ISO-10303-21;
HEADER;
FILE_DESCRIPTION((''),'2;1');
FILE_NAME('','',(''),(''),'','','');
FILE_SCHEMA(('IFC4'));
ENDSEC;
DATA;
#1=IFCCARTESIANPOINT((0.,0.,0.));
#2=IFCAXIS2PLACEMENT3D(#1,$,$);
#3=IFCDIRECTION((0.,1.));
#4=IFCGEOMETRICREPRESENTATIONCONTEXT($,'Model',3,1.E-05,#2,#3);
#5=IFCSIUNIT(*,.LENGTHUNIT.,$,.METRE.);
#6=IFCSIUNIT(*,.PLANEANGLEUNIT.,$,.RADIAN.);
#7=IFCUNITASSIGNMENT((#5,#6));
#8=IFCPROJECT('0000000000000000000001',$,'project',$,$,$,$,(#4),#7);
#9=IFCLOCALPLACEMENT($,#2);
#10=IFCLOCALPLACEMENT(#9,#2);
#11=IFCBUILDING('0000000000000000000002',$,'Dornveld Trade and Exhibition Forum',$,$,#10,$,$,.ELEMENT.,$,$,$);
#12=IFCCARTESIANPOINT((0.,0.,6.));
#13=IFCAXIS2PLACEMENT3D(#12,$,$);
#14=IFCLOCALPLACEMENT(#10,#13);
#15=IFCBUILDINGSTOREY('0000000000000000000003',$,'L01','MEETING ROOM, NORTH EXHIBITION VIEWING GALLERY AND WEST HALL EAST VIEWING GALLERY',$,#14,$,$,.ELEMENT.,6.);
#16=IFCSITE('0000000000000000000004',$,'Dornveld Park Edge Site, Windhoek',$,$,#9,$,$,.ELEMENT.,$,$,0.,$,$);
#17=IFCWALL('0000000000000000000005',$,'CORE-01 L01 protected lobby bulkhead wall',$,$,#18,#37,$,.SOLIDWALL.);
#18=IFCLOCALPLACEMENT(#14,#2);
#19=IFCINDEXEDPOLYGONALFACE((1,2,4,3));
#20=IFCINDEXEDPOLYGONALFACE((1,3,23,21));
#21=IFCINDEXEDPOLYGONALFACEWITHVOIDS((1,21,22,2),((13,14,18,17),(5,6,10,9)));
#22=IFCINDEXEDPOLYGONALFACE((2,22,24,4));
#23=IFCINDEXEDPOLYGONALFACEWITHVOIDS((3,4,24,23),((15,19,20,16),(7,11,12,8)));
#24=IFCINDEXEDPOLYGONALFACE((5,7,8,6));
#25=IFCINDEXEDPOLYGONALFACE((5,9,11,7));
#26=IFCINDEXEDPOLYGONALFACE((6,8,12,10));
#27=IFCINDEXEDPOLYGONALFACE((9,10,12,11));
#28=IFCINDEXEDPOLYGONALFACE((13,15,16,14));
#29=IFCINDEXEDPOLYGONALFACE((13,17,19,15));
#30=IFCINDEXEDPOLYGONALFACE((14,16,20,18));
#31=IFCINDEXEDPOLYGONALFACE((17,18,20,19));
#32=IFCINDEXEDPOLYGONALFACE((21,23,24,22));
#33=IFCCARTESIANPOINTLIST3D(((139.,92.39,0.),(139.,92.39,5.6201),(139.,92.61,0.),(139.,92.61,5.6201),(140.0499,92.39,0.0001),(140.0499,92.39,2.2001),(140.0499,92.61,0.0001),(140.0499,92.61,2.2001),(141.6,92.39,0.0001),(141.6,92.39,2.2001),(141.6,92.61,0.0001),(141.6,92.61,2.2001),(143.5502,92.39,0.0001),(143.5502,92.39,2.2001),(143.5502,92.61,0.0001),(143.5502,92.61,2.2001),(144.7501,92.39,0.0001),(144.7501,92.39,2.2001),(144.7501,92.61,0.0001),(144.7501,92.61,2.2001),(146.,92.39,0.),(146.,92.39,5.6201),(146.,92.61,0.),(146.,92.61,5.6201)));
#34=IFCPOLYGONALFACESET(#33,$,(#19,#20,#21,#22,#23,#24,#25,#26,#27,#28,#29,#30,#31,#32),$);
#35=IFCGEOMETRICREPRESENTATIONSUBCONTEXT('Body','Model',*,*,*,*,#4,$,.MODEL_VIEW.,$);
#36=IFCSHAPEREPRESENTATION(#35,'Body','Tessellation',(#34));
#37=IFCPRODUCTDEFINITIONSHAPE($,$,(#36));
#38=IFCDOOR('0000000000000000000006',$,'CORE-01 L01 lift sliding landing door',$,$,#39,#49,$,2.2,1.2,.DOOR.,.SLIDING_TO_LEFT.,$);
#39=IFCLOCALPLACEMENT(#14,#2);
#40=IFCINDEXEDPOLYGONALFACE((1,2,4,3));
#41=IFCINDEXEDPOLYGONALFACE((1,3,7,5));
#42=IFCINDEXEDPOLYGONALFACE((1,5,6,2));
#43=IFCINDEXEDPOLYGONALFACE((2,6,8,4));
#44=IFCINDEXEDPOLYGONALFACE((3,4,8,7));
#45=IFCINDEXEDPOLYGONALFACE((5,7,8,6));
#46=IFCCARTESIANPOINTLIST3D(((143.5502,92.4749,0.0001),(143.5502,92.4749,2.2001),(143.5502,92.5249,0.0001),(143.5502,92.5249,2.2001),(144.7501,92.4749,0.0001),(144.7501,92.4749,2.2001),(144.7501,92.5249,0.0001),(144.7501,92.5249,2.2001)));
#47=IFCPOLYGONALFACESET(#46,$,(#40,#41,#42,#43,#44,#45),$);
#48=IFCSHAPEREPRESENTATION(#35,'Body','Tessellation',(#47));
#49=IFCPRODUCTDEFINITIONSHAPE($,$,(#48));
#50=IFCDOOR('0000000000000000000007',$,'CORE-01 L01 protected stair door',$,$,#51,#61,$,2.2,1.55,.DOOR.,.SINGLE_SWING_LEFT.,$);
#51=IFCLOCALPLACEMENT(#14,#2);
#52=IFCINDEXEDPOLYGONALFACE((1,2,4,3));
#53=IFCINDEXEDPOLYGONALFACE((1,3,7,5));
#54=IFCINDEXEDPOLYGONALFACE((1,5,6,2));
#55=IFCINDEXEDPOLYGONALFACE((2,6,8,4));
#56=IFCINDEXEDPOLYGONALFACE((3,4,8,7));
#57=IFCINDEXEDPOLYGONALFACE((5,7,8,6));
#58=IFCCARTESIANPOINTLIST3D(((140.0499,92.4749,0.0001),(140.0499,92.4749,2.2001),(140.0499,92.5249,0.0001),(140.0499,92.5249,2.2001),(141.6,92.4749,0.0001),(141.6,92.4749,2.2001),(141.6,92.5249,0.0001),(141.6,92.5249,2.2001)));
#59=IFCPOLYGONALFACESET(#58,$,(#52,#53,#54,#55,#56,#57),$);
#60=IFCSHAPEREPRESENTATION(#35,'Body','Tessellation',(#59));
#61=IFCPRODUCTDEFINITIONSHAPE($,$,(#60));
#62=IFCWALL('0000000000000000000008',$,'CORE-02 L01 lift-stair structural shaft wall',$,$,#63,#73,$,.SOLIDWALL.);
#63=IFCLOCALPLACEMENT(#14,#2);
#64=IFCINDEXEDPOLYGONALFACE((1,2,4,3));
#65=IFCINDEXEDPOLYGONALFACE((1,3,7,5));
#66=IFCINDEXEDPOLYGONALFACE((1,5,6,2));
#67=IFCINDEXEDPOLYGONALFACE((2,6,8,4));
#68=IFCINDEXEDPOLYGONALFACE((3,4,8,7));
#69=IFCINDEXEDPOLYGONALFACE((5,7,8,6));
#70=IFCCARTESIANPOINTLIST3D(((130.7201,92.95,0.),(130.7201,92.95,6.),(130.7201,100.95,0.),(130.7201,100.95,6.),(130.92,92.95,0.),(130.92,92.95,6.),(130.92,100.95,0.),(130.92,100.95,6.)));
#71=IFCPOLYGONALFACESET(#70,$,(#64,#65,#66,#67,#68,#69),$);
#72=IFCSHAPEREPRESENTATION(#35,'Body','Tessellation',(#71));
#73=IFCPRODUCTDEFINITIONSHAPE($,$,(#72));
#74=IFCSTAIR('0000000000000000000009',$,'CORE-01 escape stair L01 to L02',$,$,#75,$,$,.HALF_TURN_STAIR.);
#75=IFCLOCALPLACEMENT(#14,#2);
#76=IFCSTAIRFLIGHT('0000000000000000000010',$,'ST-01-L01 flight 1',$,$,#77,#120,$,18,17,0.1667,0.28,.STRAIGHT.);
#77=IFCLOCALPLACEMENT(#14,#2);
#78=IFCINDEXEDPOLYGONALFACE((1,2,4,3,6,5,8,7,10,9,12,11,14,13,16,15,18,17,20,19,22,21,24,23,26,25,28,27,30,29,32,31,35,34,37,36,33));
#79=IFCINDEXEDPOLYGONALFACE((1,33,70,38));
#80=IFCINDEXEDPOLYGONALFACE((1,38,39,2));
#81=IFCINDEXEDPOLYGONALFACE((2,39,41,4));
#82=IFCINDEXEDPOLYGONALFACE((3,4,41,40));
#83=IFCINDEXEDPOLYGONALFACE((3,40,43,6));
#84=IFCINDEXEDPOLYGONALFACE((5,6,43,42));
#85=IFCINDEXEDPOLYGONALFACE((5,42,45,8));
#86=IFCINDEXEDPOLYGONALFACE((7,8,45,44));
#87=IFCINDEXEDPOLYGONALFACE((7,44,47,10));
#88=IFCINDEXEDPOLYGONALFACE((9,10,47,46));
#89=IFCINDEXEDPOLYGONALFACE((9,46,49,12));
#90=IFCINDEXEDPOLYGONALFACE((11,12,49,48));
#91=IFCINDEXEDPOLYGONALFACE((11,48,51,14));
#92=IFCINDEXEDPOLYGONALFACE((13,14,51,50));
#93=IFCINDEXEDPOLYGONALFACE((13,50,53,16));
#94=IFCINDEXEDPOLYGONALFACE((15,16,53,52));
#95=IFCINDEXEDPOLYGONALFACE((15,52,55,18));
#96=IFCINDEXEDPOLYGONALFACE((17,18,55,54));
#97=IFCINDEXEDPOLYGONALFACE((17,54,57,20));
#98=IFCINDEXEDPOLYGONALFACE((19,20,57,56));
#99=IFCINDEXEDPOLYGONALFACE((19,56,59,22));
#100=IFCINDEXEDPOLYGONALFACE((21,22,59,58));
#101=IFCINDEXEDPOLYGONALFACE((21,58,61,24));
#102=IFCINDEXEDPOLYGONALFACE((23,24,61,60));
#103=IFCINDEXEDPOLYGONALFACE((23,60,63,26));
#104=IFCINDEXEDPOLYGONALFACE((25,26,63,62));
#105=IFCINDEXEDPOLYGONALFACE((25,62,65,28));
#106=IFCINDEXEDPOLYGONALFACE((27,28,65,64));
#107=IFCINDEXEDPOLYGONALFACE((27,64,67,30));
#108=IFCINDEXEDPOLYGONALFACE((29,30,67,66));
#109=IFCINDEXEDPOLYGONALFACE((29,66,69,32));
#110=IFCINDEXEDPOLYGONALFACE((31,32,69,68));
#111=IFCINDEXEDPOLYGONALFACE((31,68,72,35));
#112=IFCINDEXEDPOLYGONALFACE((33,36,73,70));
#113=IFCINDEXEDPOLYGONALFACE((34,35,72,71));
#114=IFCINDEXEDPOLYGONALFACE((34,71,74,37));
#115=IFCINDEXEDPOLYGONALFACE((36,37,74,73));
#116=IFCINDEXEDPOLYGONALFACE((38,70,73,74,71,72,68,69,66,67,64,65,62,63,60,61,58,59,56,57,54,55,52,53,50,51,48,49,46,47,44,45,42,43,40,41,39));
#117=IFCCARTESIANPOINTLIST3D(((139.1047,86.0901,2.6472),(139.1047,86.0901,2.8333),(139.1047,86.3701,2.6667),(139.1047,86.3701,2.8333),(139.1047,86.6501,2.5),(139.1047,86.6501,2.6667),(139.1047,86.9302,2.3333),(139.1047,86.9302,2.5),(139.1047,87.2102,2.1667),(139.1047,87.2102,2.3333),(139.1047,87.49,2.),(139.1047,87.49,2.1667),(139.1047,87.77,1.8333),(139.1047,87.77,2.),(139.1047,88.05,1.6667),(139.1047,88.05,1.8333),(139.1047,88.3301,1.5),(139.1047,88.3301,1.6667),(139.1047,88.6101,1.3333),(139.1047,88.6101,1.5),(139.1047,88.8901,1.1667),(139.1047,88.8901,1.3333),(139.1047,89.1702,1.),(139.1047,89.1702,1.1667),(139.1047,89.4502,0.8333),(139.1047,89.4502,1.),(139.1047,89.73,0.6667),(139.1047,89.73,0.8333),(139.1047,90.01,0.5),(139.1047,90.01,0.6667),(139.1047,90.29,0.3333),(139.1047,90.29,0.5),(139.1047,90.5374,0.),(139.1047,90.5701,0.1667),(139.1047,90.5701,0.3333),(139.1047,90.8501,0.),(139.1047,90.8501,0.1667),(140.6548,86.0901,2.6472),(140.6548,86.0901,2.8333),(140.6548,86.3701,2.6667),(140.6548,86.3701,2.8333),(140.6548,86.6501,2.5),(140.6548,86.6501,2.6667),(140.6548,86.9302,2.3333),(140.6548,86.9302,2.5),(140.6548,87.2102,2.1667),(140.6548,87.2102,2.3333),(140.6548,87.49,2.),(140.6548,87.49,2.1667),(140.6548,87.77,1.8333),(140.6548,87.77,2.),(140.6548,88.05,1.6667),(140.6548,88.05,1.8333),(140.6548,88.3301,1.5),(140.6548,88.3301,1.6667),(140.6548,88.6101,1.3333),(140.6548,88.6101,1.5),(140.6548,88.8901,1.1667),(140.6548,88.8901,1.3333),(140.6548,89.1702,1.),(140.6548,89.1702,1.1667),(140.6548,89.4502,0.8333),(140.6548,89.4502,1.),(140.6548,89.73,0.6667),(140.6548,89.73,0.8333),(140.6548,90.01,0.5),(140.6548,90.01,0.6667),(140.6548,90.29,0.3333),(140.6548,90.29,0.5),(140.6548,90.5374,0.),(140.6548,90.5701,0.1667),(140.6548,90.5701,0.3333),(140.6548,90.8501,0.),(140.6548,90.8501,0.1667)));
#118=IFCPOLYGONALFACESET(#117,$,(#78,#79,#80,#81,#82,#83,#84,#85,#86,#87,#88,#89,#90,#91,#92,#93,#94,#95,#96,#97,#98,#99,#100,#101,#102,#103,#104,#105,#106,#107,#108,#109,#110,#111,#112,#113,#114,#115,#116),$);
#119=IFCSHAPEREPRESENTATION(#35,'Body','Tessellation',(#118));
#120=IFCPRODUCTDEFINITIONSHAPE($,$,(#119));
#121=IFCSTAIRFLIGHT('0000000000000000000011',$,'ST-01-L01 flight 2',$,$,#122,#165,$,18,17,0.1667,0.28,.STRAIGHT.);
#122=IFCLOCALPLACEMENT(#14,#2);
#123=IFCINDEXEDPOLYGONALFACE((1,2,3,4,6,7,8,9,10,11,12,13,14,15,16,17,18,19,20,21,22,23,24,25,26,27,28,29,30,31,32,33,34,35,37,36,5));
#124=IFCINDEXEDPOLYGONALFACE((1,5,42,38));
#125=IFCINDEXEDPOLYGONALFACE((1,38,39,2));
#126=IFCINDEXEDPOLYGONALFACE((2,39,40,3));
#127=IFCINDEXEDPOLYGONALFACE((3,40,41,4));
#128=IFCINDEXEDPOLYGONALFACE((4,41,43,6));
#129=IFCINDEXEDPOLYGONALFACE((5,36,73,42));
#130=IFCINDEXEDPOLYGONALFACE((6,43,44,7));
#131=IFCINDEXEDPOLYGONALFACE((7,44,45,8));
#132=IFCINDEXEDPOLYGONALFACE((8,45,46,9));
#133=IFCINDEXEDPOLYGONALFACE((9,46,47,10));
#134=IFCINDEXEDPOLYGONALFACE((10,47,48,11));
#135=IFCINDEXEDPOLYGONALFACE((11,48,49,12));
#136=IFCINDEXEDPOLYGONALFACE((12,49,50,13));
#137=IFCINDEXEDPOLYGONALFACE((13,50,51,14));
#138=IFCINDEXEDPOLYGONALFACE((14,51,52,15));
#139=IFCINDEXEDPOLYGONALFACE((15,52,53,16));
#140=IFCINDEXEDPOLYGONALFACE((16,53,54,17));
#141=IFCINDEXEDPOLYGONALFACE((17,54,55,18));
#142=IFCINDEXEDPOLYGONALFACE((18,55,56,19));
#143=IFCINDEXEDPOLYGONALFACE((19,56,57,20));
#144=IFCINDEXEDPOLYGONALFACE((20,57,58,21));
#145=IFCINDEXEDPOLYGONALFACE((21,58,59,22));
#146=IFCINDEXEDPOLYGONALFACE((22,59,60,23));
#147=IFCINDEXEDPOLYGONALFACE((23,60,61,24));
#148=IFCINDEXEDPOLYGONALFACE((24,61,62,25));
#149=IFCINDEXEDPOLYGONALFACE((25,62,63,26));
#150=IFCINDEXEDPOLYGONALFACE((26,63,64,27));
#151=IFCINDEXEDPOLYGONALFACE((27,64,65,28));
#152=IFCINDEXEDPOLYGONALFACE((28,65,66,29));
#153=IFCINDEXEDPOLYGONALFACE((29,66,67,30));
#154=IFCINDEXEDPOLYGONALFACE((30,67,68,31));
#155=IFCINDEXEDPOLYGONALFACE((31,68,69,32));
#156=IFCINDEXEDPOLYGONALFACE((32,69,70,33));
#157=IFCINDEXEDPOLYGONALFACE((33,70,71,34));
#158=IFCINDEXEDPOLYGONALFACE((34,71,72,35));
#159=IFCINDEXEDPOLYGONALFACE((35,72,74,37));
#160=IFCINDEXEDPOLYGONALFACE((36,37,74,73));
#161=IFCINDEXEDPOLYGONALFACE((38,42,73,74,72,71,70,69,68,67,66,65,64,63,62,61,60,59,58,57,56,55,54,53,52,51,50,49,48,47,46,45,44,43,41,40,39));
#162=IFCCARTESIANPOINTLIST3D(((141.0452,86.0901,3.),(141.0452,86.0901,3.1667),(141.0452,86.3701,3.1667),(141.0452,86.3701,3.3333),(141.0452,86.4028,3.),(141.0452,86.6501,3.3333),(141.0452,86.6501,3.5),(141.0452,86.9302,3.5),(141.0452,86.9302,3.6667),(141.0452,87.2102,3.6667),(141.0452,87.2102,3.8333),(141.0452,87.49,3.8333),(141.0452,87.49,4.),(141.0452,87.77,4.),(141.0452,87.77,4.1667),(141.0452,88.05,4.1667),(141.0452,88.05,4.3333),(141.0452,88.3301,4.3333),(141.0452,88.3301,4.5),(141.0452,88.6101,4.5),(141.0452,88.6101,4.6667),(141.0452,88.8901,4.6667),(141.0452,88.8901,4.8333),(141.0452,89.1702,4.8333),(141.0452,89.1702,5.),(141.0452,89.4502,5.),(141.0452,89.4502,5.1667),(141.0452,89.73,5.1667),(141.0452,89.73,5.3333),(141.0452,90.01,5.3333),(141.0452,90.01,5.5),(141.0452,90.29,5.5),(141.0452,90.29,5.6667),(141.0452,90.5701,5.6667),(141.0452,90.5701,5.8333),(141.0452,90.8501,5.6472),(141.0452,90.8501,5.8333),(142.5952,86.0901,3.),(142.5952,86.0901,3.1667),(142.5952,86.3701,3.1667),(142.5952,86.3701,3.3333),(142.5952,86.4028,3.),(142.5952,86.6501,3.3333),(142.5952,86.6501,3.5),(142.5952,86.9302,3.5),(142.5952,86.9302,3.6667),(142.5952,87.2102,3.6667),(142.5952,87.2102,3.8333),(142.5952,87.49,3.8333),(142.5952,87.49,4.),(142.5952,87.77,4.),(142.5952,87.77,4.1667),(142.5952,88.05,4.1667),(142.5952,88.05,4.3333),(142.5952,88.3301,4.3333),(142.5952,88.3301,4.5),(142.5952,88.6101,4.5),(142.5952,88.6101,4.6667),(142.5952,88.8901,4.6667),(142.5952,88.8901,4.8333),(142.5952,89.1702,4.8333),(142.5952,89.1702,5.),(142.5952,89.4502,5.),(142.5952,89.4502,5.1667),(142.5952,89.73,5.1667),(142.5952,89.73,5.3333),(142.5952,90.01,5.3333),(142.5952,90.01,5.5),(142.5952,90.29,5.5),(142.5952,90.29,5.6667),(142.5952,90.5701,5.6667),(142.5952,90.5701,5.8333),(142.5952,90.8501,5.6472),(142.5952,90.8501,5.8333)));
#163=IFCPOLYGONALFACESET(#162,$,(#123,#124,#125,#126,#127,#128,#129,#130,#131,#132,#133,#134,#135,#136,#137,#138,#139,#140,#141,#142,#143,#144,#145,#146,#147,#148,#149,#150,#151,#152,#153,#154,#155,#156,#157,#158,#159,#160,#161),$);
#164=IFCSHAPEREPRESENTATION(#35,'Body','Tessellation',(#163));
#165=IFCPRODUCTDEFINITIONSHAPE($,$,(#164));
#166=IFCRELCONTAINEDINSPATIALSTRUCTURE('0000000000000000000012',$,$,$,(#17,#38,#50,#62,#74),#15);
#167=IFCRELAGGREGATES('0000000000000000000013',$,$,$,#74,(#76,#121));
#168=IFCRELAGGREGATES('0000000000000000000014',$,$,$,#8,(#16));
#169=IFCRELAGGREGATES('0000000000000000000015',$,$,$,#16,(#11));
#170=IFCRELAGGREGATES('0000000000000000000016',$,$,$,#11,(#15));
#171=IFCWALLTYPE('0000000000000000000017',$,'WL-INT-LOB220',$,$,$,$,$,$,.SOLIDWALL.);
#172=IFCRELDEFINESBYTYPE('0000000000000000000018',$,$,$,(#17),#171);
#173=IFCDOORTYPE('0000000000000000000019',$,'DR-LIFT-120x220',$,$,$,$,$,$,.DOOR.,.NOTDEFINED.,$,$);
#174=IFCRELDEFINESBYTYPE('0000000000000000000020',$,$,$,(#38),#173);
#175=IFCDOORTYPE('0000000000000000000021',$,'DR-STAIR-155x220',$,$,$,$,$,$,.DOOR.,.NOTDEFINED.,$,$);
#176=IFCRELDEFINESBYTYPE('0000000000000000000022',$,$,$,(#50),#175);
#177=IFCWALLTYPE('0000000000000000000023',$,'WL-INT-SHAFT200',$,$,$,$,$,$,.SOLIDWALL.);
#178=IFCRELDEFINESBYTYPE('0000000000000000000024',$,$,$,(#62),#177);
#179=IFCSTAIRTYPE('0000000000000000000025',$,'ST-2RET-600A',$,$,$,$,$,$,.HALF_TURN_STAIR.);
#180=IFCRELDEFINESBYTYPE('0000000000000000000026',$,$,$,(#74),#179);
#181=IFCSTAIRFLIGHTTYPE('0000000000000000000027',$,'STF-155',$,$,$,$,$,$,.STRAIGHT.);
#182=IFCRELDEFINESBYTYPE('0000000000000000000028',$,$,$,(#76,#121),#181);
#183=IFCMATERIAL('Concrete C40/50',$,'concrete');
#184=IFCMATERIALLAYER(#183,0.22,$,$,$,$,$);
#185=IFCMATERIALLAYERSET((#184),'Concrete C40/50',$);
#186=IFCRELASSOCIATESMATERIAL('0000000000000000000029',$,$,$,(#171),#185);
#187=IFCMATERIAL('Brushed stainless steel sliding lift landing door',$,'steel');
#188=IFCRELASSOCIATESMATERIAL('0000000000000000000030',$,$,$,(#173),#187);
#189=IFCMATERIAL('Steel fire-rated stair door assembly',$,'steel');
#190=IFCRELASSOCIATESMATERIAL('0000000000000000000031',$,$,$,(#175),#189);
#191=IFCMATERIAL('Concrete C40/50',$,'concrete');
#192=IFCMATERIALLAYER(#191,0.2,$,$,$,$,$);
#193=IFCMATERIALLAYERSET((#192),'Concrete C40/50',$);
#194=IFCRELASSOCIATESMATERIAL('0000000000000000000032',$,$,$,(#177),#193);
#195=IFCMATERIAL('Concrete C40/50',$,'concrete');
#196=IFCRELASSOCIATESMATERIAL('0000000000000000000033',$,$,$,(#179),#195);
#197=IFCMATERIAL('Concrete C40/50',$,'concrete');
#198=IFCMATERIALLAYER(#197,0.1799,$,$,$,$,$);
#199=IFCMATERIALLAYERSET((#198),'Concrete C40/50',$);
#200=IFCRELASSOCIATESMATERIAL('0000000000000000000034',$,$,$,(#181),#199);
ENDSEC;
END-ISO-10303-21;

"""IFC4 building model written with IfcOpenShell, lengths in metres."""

from ifc_helpers import new_model, si_unit, direction, frame, frame_2d, origin, place, context, subcontext, project, spatial, polyline, rectangle, outline, extrude, material, layer, layer_set, type_object, element, fill, aggregate, save


model = new_model("IFC4")

# Units and contexts
model_context = context("Model", 3, precision=1e-05, world=origin(), true_north=direction((0.0, 1.0)))
body_context = subcontext(model_context, "Body", "Model", "MODEL_VIEW")
ifc_project = project(units=[si_unit("LENGTHUNIT", "METRE"), si_unit("PLANEANGLEUNIT", "RADIAN")], contexts=[model_context])

# Site, building, storey
site_placement = place(None, origin())
site = spatial("IfcSite", under=ifc_project, at=site_placement, Name="Dornveld Park Edge Site, Windhoek", CompositionType="ELEMENT", RefElevation=0.0)
building_placement = place(site_placement, origin())
building = spatial("IfcBuilding", under=site, at=building_placement, Name="Dornveld Trade and Exhibition Forum", CompositionType="ELEMENT")
storey_placement = place(building_placement, frame((0.0, 0.0, 6.0)))
storey = spatial("IfcBuildingStorey", under=building, at=storey_placement, Name="L01", Description="MEETING ROOM, NORTH EXHIBITION VIEWING GALLERY AND WEST HALL EAST VIEWING GALLERY", CompositionType="ELEMENT", Elevation=6.0)

# Wall, openings, doors
ifc_material_1 = material(Name="Concrete C40/50", Category="concrete")
ifc_layer_1 = layer(ifc_material_1, 0.22)
ifc_layer_set_1 = layer_set([ifc_layer_1], Name="Concrete C40/50")
wall_type_1 = type_object("IfcWallType", Name="WL-INT-LOB220", PredefinedType="SOLIDWALL", material=ifc_layer_set_1)
wall_1_placement = place(storey_placement, frame((139.0, 92.5, 0.0), z_axis=(0.0, 0.0, 1.0), x_axis=(1.0, 0.0, 0.0)))
wall_1 = element("IfcWall", 1, at=wall_1_placement, inside=storey, type_object=wall_type_1, Name="CORE-01 L01 protected lobby bulkhead wall", PredefinedType="SOLIDWALL", context=body_context, shape_type="SweptSolid", body=[
    extrude(rectangle(XDim=7.0, YDim=0.22, at=frame_2d((3.5, 0.0))), origin(), (0.0, 0.0, 1.0), 5.6201),
])
opening_1_placement = place(wall_1_placement, frame((1.05, 0.0, 0.0)))
opening_1 = element("IfcOpeningElement", 2, at=opening_1_placement, cuts=wall_1, PredefinedType="OPENING", context=body_context, shape_type="SweptSolid", body=[
    extrude(rectangle(XDim=1.55, YDim=2.2, at=frame_2d((0.7749, 1.1001))), frame((0.0, 0.1199, 0.0), z_axis=(0.0, -1.0, 0.0), x_axis=(1.0, 0.0, 0.0)), (0.0, 0.0, 1.0), 0.24),
])
opening_2_placement = place(wall_1_placement, frame((4.55, 0.0, 0.0)))
opening_2 = element("IfcOpeningElement", 3, at=opening_2_placement, cuts=wall_1, PredefinedType="OPENING", context=body_context, shape_type="SweptSolid", body=[
    extrude(rectangle(XDim=1.2, YDim=2.2, at=frame_2d((0.6001, 1.1001))), frame((0.0, 0.1199, 0.0), z_axis=(0.0, -1.0, 0.0), x_axis=(1.0, 0.0, 0.0)), (0.0, 0.0, 1.0), 0.24),
])
ifc_material_2 = material(Name="Brushed stainless steel sliding lift landing door", Category="steel")
door_type_1 = type_object("IfcDoorType", Name="DR-LIFT-120x220", OperationType="NOTDEFINED", PredefinedType="DOOR", material=ifc_material_2)
door_1_placement = place(opening_2_placement, origin())
door_1 = element("IfcDoor", 4, at=door_1_placement, inside=storey, type_object=door_type_1, Name="CORE-01 L01 lift sliding landing door", OperationType="SLIDING_TO_LEFT", OverallHeight=2.2, OverallWidth=1.2, PredefinedType="DOOR", context=body_context, shape_type="SweptSolid", body=[
    extrude(rectangle(XDim=1.2, YDim=2.2, at=frame_2d((0.6001, 1.1001))), frame((0.0, 0.0249, 0.0), z_axis=(0.0, -1.0, 0.0), x_axis=(1.0, 0.0, 0.0)), (0.0, 0.0, 1.0), 0.05),
])
fill(opening_2, door_1)
ifc_material_3 = material(Name="Steel fire-rated stair door assembly", Category="steel")
door_type_2 = type_object("IfcDoorType", Name="DR-STAIR-155x220", OperationType="NOTDEFINED", PredefinedType="DOOR", material=ifc_material_3)
door_2_placement = place(opening_1_placement, origin())
door_2 = element("IfcDoor", 5, at=door_2_placement, inside=storey, type_object=door_type_2, Name="CORE-01 L01 protected stair door", OperationType="SINGLE_SWING_LEFT", OverallHeight=2.2, OverallWidth=1.55, PredefinedType="DOOR", context=body_context, shape_type="SweptSolid", body=[
    extrude(rectangle(XDim=1.55, YDim=2.2, at=frame_2d((0.7749, 1.1001))), frame((0.0, 0.0249, 0.0), z_axis=(0.0, -1.0, 0.0), x_axis=(1.0, 0.0, 0.0)), (0.0, 0.0, 1.0), 0.05),
])
fill(opening_1, door_2)

# Wall
ifc_material_4 = material(Name="Concrete C40/50", Category="concrete")
ifc_layer_2 = layer(ifc_material_4, 0.2)
ifc_layer_set_2 = layer_set([ifc_layer_2], Name="Concrete C40/50")
wall_type_2 = type_object("IfcWallType", Name="WL-INT-SHAFT200", PredefinedType="SOLIDWALL", material=ifc_layer_set_2)
wall_2_placement = place(storey_placement, frame((130.8201, 92.95, 0.0), z_axis=(0.0, 0.0, 1.0), x_axis=(0.0, 1.0, 0.0)))
element("IfcWall", 6, at=wall_2_placement, inside=storey, type_object=wall_type_2, Name="CORE-02 L01 lift-stair structural shaft wall", PredefinedType="SOLIDWALL", context=body_context, shape_type="SweptSolid", body=[
    extrude(rectangle(XDim=8.0, YDim=0.2, at=frame_2d((4.0, 0.0))), origin(), (0.0, 0.0, 1.0), 6.0),
])

# Stair, stair flights
ifc_material_5 = material(Name="Concrete C40/50", Category="concrete")
stair_type = type_object("IfcStairType", Name="ST-2RET-600A", PredefinedType="HALF_TURN_STAIR", material=ifc_material_5)
stair_placement = place(storey_placement, origin())
stair = element("IfcStair", 7, at=stair_placement, inside=storey, type_object=stair_type, Name="CORE-01 escape stair L01 to L02", PredefinedType="HALF_TURN_STAIR")
ifc_material_6 = material(Name="Concrete C40/50", Category="concrete")
ifc_layer_3 = layer(ifc_material_6, 0.1799)
ifc_layer_set_3 = layer_set([ifc_layer_3], Name="Concrete C40/50")
stair_flight_type = type_object("IfcStairFlightType", Name="STF-155", PredefinedType="STRAIGHT", material=ifc_layer_set_3)
stair_flight_1_placement = place(storey_placement, frame((139.8799, 90.8501, 0.0), z_axis=(0.0, 0.0, 1.0), x_axis=(0.0, -1.0, 0.0)))
stair_flight_1 = element("IfcStairFlight", 8, at=stair_flight_1_placement, type_object=stair_flight_type, Name="ST-01-L01 flight 1", NumberOfRisers=18, NumberOfTreads=17, PredefinedType="STRAIGHT", RiserHeight=0.1667, TreadLength=0.28, context=body_context, shape_type="SweptSolid", body=[
    extrude(outline(polyline([(0.0, 0.0), (0.0, 0.1667), (0.28, 0.1667), (0.28, 0.3333), (0.5601, 0.3333), (0.5601, 0.5), (0.8401, 0.5), (0.8401, 0.6667), (1.1201, 0.6667), (1.1201, 0.8333), (1.3999, 0.8333), (1.3999, 1.0), (1.6799, 1.0), (1.6799, 1.1667), (1.96, 1.1667), (1.96, 1.3333), (2.24, 1.3333), (2.24, 1.5), (2.52, 1.5), (2.52, 1.6667), (2.8, 1.6667), (2.8, 1.8333), (3.0801, 1.8333), (3.0801, 2.0), (3.3601, 2.0), (3.3601, 2.1667), (3.6399, 2.1667), (3.6399, 2.3333), (3.9199, 2.3333), (3.9199, 2.5), (4.2, 2.5), (4.2, 2.6667), (4.48, 2.6667), (4.48, 2.8333), (4.76, 2.8333), (4.76, 3.0), (4.76, 2.6472), (0.3127, 0.0), (0.0, 0.0)])), frame((0.0, 0.7749, 0.0), z_axis=(0.0, -1.0, 0.0), x_axis=(1.0, 0.0, 0.0)), (0.0, 0.0, 1.0), 1.55),
])
stair_flight_2_placement = place(storey_placement, frame((141.8201, 86.0901, 3.0), z_axis=(0.0, 0.0, 1.0), x_axis=(0.0, 1.0, 0.0)))
stair_flight_2 = element("IfcStairFlight", 9, at=stair_flight_2_placement, type_object=stair_flight_type, Name="ST-01-L01 flight 2", NumberOfRisers=18, NumberOfTreads=17, PredefinedType="STRAIGHT", RiserHeight=0.1667, TreadLength=0.28, context=body_context, shape_type="SweptSolid", body=[
    extrude(outline(polyline([(0.0, 0.0), (0.0, 0.1667), (0.28, 0.1667), (0.28, 0.3333), (0.5601, 0.3333), (0.5601, 0.5), (0.8401, 0.5), (0.8401, 0.6667), (1.1201, 0.6667), (1.1201, 0.8333), (1.3999, 0.8333), (1.3999, 1.0), (1.6799, 1.0), (1.6799, 1.1667), (1.96, 1.1667), (1.96, 1.3333), (2.24, 1.3333), (2.24, 1.5), (2.52, 1.5), (2.52, 1.6667), (2.8, 1.6667), (2.8, 1.8333), (3.0801, 1.8333), (3.0801, 2.0), (3.3601, 2.0), (3.3601, 2.1667), (3.6399, 2.1667), (3.6399, 2.3333), (3.9199, 2.3333), (3.9199, 2.5), (4.2, 2.5), (4.2, 2.6667), (4.48, 2.6667), (4.48, 2.8333), (4.76, 2.8333), (4.76, 3.0), (4.76, 2.6472), (0.3127, 0.0), (0.0, 0.0)])), frame((0.0, 0.7749, 0.0), z_axis=(0.0, -1.0, 0.0), x_axis=(1.0, 0.0, 0.0)), (0.0, 0.0, 1.0), 1.55),
])
aggregate(stair, [stair_flight_1, stair_flight_2])

save(model, "model.ifc")
